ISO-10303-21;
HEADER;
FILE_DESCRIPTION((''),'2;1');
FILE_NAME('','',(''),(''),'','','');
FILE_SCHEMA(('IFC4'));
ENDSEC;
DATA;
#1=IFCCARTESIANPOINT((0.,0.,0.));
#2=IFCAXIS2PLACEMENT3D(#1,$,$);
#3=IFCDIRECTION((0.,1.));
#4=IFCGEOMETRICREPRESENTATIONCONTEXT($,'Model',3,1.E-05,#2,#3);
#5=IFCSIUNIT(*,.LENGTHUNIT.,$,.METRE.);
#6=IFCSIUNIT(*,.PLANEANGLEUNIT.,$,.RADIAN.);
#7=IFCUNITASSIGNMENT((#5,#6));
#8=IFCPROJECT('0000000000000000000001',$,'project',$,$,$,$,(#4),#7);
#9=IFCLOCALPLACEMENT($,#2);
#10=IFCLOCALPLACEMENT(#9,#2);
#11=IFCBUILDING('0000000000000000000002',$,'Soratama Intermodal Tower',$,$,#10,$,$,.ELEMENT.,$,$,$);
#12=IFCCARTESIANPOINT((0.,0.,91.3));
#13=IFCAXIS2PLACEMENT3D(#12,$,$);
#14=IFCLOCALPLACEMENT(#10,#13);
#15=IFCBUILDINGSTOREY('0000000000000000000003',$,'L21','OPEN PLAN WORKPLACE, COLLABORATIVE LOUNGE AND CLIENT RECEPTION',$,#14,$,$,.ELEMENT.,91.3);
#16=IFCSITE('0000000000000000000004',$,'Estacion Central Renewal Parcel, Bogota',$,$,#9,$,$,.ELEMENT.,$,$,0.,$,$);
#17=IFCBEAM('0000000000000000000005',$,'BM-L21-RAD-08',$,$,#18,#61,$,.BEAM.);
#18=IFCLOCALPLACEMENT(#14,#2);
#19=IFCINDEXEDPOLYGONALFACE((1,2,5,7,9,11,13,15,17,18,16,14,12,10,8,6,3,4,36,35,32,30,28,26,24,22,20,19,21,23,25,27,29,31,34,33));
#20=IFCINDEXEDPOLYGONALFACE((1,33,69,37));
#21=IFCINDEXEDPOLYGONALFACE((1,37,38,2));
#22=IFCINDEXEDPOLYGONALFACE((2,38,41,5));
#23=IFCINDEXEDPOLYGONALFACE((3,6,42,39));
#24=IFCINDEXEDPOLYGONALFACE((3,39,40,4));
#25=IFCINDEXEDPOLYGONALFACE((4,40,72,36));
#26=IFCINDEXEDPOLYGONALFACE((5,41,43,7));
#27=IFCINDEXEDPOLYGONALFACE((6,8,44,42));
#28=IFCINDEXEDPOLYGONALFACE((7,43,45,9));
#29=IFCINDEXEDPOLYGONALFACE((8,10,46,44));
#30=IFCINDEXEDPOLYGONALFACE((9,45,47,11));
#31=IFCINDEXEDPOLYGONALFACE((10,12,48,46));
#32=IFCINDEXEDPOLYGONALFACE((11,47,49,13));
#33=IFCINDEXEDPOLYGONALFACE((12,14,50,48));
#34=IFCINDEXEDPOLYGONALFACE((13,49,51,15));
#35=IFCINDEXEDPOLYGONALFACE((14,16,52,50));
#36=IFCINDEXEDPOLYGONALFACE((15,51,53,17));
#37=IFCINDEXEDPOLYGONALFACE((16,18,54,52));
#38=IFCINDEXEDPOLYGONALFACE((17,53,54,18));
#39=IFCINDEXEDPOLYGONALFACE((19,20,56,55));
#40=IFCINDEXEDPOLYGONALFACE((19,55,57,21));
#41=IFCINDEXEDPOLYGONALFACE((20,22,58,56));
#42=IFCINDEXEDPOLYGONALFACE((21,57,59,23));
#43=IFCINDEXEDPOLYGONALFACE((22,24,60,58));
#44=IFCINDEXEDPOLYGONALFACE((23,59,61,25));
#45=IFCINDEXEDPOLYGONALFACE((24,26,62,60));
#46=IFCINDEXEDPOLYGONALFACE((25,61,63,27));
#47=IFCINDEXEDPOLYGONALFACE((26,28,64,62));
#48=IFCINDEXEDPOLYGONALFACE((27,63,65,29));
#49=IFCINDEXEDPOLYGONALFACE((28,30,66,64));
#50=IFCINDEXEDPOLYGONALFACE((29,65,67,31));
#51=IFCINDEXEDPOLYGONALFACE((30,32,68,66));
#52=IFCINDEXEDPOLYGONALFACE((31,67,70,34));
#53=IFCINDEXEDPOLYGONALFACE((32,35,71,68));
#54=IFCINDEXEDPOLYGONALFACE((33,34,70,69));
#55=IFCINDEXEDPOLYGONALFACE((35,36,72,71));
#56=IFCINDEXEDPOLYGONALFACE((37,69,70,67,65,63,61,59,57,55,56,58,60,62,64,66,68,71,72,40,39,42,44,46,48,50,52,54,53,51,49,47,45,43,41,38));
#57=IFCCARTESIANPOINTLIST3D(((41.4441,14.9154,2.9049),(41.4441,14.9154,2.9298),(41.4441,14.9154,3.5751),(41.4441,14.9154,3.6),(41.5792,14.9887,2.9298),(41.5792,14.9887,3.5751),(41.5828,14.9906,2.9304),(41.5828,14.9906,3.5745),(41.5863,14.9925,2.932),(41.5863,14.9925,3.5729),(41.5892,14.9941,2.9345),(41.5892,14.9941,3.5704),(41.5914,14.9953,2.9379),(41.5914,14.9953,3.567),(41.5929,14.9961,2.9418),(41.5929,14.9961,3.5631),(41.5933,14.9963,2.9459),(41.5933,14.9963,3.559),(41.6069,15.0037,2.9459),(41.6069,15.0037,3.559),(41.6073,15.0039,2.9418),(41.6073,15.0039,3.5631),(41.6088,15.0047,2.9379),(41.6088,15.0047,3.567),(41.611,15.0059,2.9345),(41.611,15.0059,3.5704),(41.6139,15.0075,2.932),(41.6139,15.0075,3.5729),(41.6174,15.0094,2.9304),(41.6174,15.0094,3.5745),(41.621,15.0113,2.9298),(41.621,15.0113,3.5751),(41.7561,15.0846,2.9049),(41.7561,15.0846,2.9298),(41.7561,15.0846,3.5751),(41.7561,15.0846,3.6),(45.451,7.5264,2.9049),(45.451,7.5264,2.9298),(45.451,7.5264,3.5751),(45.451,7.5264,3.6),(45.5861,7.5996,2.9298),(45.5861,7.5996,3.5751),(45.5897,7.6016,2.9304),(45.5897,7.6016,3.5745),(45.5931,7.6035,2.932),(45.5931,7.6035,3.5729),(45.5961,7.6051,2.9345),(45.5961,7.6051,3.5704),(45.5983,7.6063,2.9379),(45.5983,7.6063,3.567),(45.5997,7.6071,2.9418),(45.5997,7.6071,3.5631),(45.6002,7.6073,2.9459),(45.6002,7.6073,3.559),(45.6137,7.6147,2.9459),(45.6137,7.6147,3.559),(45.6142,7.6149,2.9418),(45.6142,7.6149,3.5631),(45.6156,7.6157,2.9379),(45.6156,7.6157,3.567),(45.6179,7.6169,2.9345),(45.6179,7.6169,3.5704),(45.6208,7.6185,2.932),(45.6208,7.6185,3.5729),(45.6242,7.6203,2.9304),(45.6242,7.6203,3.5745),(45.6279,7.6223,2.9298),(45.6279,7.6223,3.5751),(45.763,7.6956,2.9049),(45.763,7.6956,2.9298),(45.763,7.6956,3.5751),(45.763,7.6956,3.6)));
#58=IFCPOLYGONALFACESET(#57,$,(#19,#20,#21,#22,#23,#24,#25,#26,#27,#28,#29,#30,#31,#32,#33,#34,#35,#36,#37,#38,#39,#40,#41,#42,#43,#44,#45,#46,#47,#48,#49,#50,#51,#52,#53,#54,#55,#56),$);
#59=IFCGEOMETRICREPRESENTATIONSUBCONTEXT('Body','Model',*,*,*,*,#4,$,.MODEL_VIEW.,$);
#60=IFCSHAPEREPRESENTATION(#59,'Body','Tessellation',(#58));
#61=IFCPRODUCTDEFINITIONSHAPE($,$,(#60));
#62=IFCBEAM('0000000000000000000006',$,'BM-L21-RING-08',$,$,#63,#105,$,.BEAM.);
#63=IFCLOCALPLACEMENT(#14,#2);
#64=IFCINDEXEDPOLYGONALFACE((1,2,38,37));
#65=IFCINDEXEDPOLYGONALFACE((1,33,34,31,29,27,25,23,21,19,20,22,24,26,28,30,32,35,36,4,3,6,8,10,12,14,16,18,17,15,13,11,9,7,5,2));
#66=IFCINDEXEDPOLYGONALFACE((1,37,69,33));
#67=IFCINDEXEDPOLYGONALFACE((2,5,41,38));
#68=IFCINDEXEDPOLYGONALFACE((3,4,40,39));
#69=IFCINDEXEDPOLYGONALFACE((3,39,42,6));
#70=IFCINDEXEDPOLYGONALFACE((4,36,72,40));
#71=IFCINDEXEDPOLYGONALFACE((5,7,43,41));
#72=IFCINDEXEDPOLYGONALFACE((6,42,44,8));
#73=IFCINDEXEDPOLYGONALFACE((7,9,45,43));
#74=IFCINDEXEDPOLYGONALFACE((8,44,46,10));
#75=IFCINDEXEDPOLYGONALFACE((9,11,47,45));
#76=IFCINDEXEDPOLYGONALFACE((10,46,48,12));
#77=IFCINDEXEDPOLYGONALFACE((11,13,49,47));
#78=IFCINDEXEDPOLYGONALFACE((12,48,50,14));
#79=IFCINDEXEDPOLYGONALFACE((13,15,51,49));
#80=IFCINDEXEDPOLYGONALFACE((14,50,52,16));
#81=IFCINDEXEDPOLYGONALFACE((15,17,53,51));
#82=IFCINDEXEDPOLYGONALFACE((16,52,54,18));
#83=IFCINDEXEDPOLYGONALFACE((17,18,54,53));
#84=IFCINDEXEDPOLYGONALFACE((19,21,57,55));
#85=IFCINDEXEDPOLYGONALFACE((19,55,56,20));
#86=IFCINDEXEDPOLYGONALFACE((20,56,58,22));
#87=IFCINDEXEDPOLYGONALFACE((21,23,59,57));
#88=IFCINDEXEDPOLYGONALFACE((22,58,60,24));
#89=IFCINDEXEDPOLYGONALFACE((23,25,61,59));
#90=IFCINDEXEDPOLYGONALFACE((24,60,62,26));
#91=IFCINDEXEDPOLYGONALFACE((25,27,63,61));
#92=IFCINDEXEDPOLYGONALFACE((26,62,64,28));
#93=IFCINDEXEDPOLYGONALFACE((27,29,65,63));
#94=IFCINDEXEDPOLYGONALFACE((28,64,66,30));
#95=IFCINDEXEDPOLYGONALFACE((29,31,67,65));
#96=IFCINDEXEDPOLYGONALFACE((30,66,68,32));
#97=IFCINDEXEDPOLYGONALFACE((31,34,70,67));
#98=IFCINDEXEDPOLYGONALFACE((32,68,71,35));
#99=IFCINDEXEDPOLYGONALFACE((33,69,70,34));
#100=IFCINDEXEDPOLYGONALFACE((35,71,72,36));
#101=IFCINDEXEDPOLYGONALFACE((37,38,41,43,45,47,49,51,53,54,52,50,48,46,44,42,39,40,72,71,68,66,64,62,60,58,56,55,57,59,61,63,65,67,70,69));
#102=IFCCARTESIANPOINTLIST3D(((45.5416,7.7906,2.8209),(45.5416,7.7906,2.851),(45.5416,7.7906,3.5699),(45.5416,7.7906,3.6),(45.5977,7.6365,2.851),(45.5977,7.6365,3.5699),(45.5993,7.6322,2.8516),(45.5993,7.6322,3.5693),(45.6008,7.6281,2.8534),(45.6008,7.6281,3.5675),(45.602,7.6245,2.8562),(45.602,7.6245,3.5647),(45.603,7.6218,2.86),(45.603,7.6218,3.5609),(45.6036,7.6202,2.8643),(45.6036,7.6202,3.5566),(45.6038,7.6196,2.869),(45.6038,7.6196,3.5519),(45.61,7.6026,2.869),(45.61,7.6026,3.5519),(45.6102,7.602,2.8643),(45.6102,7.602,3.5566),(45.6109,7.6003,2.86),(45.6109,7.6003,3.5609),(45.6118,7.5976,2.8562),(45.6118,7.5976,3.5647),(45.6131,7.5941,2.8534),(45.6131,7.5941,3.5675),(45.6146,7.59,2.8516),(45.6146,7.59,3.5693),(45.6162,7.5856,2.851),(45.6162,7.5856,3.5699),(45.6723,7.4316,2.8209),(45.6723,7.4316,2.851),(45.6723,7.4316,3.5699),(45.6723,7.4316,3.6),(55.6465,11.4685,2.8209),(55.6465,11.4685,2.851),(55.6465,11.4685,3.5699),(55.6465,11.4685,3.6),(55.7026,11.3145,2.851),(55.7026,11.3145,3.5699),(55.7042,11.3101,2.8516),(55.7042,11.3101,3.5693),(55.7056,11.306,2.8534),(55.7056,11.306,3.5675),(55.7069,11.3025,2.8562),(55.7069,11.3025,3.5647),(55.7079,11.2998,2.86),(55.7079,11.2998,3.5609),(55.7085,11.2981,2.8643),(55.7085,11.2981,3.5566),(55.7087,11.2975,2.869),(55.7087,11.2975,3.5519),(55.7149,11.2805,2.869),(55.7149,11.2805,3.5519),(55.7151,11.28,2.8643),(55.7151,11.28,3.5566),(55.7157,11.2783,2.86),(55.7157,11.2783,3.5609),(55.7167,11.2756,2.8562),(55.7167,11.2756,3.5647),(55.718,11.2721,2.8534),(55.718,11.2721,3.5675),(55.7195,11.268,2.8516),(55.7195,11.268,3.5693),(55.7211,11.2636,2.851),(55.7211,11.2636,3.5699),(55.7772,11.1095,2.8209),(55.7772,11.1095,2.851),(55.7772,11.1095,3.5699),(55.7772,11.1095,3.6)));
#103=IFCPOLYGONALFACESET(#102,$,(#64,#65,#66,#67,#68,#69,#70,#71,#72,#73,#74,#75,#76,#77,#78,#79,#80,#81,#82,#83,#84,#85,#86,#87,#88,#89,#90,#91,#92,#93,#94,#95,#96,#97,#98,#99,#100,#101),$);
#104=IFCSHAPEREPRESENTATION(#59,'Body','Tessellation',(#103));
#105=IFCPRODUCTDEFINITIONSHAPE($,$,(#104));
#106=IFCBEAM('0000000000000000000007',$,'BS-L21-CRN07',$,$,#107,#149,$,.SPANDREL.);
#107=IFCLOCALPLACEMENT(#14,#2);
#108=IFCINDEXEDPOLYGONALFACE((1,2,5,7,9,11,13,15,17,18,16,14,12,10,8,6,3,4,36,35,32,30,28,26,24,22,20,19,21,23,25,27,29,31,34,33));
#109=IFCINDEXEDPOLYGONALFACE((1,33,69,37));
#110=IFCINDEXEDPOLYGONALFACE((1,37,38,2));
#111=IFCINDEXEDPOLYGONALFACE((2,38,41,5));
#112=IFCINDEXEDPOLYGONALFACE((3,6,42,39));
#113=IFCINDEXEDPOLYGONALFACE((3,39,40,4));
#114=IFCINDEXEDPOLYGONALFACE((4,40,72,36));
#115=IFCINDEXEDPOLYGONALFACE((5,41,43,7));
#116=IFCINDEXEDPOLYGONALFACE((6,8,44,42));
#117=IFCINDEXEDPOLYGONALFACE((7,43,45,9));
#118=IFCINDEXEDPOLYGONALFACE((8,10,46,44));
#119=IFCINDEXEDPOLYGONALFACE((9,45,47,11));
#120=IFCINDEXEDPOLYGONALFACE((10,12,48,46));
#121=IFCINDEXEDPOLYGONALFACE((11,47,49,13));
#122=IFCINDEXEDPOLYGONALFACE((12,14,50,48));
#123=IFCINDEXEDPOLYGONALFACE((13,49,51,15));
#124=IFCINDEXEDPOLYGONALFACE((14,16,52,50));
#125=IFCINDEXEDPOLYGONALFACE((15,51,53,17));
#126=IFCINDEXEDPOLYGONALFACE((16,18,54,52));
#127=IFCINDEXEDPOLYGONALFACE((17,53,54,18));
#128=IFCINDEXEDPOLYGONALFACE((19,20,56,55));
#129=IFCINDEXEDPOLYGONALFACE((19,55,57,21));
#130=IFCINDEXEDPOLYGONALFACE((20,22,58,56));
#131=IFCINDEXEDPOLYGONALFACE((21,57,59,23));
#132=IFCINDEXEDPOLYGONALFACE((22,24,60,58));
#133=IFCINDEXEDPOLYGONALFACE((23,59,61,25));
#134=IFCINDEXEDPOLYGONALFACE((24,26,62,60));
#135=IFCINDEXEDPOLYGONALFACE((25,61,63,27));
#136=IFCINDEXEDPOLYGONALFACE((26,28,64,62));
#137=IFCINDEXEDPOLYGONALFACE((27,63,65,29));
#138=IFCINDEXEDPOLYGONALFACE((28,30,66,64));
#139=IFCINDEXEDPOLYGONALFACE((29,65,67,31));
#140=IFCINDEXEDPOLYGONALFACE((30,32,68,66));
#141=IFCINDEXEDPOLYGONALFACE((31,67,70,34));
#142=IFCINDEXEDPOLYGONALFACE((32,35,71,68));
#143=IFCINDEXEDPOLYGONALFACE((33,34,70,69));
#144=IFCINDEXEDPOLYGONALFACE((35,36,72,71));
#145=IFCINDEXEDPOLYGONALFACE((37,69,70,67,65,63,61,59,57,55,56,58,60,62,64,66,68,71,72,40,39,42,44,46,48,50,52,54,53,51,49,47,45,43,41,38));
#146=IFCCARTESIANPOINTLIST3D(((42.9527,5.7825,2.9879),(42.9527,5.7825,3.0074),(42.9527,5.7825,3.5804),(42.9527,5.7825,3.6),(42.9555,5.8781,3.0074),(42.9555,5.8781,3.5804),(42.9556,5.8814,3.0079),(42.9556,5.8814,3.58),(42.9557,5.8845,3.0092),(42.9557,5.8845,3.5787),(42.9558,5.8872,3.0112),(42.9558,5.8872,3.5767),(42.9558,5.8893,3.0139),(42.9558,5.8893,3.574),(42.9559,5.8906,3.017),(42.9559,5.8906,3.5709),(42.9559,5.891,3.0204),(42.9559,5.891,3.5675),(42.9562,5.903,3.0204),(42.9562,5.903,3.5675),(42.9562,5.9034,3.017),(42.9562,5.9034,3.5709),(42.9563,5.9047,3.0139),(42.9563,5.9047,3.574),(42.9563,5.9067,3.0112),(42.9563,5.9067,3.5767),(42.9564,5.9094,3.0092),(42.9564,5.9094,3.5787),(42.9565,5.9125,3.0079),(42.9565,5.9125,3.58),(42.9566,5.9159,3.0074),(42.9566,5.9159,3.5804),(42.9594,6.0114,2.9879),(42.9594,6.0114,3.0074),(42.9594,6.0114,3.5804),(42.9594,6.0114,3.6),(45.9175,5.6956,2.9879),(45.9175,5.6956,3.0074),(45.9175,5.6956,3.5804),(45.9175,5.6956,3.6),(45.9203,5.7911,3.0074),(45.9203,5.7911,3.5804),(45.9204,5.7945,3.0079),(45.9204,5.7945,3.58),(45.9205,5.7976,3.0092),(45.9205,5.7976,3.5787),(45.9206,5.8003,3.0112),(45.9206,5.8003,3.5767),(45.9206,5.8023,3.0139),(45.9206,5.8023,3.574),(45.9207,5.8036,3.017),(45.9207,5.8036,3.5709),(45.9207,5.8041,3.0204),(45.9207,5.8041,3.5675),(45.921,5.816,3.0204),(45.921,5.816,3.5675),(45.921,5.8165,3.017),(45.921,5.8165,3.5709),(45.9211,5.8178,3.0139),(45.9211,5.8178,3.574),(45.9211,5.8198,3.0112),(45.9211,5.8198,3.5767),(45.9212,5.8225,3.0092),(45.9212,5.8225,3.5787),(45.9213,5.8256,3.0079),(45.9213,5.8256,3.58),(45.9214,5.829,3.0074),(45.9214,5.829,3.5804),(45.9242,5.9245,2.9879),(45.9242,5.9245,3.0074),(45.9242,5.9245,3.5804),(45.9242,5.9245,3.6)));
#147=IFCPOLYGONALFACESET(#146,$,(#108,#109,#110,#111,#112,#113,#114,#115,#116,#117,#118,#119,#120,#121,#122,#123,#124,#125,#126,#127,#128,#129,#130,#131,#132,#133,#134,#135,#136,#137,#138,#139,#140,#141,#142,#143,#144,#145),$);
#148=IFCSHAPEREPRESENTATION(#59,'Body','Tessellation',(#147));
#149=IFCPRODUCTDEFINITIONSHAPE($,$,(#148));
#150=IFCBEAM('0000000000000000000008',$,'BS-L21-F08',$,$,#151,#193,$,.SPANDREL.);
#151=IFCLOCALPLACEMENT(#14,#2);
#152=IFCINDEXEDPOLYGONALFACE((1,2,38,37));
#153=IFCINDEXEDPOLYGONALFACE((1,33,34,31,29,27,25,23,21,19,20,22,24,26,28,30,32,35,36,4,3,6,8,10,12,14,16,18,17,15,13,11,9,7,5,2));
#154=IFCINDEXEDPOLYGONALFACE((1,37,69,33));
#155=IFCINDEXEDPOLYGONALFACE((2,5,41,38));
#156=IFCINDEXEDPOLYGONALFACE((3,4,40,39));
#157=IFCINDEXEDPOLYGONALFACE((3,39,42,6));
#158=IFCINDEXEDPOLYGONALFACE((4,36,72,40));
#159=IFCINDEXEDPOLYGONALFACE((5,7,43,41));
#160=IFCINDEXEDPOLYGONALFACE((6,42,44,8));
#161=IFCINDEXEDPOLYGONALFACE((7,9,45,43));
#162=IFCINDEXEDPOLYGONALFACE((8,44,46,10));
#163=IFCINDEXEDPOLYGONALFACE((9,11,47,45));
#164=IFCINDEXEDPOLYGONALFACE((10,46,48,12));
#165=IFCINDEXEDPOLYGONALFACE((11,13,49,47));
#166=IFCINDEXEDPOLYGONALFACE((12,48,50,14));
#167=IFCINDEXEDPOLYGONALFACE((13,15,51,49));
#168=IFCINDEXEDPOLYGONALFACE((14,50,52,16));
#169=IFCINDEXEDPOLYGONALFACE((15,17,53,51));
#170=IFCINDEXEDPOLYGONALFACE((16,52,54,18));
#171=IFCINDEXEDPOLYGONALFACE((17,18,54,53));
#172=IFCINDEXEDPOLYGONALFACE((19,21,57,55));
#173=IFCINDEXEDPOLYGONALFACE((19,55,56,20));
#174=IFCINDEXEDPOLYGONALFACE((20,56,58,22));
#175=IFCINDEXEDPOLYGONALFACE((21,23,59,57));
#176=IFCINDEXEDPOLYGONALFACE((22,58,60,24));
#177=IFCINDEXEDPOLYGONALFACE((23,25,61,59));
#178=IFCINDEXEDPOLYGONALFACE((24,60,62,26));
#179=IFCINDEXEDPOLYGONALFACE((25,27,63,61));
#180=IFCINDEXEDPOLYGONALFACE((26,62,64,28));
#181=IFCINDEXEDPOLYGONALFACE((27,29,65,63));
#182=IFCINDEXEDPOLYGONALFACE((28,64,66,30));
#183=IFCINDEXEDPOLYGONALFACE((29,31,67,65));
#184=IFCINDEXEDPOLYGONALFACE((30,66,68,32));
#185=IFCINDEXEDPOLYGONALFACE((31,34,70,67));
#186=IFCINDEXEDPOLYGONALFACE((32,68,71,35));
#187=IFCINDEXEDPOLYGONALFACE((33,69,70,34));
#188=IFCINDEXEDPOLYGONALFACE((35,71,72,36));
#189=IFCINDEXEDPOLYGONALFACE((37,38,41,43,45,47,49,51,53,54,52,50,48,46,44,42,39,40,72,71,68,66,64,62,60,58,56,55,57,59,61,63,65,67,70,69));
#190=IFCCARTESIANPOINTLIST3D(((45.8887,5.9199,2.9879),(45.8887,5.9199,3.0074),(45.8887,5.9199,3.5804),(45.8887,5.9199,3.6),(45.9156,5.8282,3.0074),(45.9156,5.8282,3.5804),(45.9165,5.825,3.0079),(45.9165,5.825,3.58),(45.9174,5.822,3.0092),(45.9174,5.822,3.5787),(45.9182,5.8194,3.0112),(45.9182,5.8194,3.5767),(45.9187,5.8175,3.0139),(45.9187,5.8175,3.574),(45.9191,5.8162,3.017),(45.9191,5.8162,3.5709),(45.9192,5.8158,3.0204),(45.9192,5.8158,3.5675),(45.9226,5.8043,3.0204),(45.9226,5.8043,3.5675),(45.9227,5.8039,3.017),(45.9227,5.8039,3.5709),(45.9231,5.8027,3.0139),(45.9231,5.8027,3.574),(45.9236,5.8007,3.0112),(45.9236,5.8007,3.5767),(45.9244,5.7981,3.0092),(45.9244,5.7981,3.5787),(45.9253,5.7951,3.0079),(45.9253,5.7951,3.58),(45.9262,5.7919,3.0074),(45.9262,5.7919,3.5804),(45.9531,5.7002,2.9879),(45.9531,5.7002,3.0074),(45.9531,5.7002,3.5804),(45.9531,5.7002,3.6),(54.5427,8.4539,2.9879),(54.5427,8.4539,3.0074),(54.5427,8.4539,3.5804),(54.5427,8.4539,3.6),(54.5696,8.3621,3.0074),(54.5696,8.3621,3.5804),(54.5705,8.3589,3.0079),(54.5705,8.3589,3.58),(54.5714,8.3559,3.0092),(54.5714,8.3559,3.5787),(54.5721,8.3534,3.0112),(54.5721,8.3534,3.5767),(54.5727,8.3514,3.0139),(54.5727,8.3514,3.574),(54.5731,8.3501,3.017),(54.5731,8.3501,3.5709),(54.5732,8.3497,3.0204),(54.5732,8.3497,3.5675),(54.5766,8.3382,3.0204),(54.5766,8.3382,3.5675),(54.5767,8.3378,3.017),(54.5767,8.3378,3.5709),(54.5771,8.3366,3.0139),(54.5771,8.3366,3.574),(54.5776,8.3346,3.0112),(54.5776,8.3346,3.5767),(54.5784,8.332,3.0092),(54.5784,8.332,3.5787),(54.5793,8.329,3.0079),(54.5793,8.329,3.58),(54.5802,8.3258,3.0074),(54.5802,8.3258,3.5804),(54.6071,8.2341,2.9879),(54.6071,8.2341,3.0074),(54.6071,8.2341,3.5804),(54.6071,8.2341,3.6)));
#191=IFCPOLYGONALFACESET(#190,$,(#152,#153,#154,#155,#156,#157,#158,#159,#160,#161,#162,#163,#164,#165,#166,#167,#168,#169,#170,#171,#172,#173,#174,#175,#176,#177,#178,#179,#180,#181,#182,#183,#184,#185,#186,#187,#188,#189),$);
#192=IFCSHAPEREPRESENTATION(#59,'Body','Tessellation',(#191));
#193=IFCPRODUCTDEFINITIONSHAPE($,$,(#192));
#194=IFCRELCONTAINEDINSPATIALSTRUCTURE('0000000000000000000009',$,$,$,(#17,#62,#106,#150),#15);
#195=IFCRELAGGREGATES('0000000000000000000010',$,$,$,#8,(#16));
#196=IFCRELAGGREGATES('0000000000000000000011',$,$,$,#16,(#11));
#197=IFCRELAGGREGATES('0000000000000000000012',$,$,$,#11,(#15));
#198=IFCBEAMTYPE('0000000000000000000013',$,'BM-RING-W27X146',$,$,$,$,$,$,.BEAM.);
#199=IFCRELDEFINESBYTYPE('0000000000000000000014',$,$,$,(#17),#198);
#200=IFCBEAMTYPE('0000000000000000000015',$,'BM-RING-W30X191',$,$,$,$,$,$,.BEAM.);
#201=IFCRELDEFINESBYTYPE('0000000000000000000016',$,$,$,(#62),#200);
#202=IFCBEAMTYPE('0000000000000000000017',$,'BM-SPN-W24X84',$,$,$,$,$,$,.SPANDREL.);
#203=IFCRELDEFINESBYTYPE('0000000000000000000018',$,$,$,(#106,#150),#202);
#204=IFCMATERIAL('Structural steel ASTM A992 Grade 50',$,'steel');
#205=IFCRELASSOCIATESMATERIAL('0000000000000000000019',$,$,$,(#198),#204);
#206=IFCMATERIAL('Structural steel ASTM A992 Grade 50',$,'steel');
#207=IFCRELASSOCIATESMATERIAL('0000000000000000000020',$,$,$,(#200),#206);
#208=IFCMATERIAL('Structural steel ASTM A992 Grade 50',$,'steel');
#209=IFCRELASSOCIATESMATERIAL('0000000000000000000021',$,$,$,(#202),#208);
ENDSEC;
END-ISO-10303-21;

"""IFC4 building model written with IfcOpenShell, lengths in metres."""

from ifc_helpers import new_model, si_unit, direction, frame, origin, origin_2d, place, context, subcontext, project, spatial, i_section, extrude, material, material_profile, profile_set, type_object, element, save


model = new_model("IFC4")

# Units and contexts
model_context = context("Model", 3, precision=1e-05, world=origin(), true_north=direction((0.0, 1.0)))
body_context = subcontext(model_context, "Body", "Model", "MODEL_VIEW")
ifc_project = project(units=[si_unit("LENGTHUNIT", "METRE"), si_unit("PLANEANGLEUNIT", "RADIAN")], contexts=[model_context])

# Site, building, storey
site_placement = place(None, origin())
site = spatial("IfcSite", under=ifc_project, at=site_placement, Name="Estacion Central Renewal Parcel, Bogota", CompositionType="ELEMENT", RefElevation=0.0)
building_placement = place(site_placement, origin())
building = spatial("IfcBuilding", under=site, at=building_placement, Name="Soratama Intermodal Tower", CompositionType="ELEMENT")
storey_placement = place(building_placement, frame((0.0, 0.0, 91.3)))
storey = spatial("IfcBuildingStorey", under=building, at=storey_placement, Name="L21", Description="OPEN PLAN WORKPLACE, COLLABORATIVE LOUNGE AND CLIENT RECEPTION", CompositionType="ELEMENT", Elevation=91.3)

# Beams
ifc_material_1 = material(Name="Structural steel ASTM A992 Grade 50", Category="steel")
ifc_material_profile_1 = material_profile(ifc_material_1, i_section(OverallWidth=0.355, OverallDepth=0.6951, WebThickness=0.0154, FlangeThickness=0.0249, FilletRadius=0.0161, at=origin_2d()), Name="W27X146")
ifc_profile_set_1 = profile_set([ifc_material_profile_1], Name="Structural steel ASTM A992 Grade 50")
beam_type_1 = type_object("IfcBeamType", Name="BM-RING-W27X146", PredefinedType="BEAM", material=ifc_profile_set_1)
beam_1_placement = place(storey_placement, frame((41.6001, 15.0, 3.2524), z_axis=(0.476698, -0.879067, 0.0), x_axis=(0.879067, 0.476698, 0.0)))
element("IfcBeam", 1, at=beam_1_placement, inside=storey, type_object=beam_type_1, Name="BM-L21-RAD-08", PredefinedType="BEAM", context=body_context, shape_type="SweptSolid", body=[
    extrude(i_section(OverallWidth=0.355, OverallDepth=0.6951, WebThickness=0.0154, FlangeThickness=0.0249, FilletRadius=0.0161, at=origin_2d()), origin(), (0.0, 0.0, 1.0), 8.4055),
])
ifc_material_2 = material(Name="Structural steel ASTM A992 Grade 50", Category="steel")
ifc_material_profile_2 = material_profile(ifc_material_2, i_section(OverallWidth=0.3821, OverallDepth=0.7791, WebThickness=0.0181, FlangeThickness=0.03, FilletRadius=0.0181, at=origin_2d()), Name="W30X191")
ifc_profile_set_2 = profile_set([ifc_material_profile_2], Name="Structural steel ASTM A992 Grade 50")
beam_type_2 = type_object("IfcBeamType", Name="BM-RING-W30X191", PredefinedType="BEAM", material=ifc_profile_set_2)
beam_2_placement = place(storey_placement, frame((45.6069, 7.6111, 3.2104), z_axis=(0.939691, 0.342026, 0.0), x_axis=(-0.342026, 0.939691, 0.0)))
element("IfcBeam", 2, at=beam_2_placement, inside=storey, type_object=beam_type_2, Name="BM-L21-RING-08", PredefinedType="BEAM", context=body_context, shape_type="SweptSolid", body=[
    extrude(i_section(OverallWidth=0.3821, OverallDepth=0.7791, WebThickness=0.0181, FlangeThickness=0.03, FilletRadius=0.0181, at=origin_2d()), origin(), (0.0, 0.0, 1.0), 10.7534),
])
ifc_material_3 = material(Name="Structural steel ASTM A992 Grade 50", Category="steel")
ifc_material_profile_3 = material_profile(ifc_material_3, i_section(OverallWidth=0.229, OverallDepth=0.6121, WebThickness=0.012, FlangeThickness=0.0195, FilletRadius=0.0129, at=origin_2d()), Name="W24X84")
ifc_profile_set_3 = profile_set([ifc_material_profile_3], Name="Structural steel ASTM A992 Grade 50")
beam_type_3 = type_object("IfcBeamType", Name="BM-SPN-W24X84", PredefinedType="SPANDREL", material=ifc_profile_set_3)
beam_3_placement = place(storey_placement, frame((42.9561, 5.897, 3.2939), z_axis=(0.999571, -0.029302, 0.0), x_axis=(0.029302, 0.999571, 0.0)))
element("IfcBeam", 3, at=beam_3_placement, inside=storey, type_object=beam_type_3, Name="BS-L21-CRN07", PredefinedType="SPANDREL", context=body_context, shape_type="SweptSolid", body=[
    extrude(i_section(OverallWidth=0.229, OverallDepth=0.6121, WebThickness=0.012, FlangeThickness=0.0195, FilletRadius=0.0129, at=origin_2d()), origin(), (0.0, 0.0, 1.0), 2.9661),
])
beam_4_placement = place(storey_placement, frame((45.9209, 5.8101, 3.2939), z_axis=(0.959706, 0.281005, 0.0), x_axis=(-0.281005, 0.959706, 0.0)))
element("IfcBeam", 4, at=beam_4_placement, inside=storey, type_object=beam_type_3, Name="BS-L21-F08", PredefinedType="SPANDREL", context=body_context, shape_type="SweptSolid", body=[
    extrude(i_section(OverallWidth=0.229, OverallDepth=0.6121, WebThickness=0.012, FlangeThickness=0.0195, FilletRadius=0.0129, at=origin_2d()), origin(), (0.0, 0.0, 1.0), 9.0173),
])

save(model, "model.ifc")
